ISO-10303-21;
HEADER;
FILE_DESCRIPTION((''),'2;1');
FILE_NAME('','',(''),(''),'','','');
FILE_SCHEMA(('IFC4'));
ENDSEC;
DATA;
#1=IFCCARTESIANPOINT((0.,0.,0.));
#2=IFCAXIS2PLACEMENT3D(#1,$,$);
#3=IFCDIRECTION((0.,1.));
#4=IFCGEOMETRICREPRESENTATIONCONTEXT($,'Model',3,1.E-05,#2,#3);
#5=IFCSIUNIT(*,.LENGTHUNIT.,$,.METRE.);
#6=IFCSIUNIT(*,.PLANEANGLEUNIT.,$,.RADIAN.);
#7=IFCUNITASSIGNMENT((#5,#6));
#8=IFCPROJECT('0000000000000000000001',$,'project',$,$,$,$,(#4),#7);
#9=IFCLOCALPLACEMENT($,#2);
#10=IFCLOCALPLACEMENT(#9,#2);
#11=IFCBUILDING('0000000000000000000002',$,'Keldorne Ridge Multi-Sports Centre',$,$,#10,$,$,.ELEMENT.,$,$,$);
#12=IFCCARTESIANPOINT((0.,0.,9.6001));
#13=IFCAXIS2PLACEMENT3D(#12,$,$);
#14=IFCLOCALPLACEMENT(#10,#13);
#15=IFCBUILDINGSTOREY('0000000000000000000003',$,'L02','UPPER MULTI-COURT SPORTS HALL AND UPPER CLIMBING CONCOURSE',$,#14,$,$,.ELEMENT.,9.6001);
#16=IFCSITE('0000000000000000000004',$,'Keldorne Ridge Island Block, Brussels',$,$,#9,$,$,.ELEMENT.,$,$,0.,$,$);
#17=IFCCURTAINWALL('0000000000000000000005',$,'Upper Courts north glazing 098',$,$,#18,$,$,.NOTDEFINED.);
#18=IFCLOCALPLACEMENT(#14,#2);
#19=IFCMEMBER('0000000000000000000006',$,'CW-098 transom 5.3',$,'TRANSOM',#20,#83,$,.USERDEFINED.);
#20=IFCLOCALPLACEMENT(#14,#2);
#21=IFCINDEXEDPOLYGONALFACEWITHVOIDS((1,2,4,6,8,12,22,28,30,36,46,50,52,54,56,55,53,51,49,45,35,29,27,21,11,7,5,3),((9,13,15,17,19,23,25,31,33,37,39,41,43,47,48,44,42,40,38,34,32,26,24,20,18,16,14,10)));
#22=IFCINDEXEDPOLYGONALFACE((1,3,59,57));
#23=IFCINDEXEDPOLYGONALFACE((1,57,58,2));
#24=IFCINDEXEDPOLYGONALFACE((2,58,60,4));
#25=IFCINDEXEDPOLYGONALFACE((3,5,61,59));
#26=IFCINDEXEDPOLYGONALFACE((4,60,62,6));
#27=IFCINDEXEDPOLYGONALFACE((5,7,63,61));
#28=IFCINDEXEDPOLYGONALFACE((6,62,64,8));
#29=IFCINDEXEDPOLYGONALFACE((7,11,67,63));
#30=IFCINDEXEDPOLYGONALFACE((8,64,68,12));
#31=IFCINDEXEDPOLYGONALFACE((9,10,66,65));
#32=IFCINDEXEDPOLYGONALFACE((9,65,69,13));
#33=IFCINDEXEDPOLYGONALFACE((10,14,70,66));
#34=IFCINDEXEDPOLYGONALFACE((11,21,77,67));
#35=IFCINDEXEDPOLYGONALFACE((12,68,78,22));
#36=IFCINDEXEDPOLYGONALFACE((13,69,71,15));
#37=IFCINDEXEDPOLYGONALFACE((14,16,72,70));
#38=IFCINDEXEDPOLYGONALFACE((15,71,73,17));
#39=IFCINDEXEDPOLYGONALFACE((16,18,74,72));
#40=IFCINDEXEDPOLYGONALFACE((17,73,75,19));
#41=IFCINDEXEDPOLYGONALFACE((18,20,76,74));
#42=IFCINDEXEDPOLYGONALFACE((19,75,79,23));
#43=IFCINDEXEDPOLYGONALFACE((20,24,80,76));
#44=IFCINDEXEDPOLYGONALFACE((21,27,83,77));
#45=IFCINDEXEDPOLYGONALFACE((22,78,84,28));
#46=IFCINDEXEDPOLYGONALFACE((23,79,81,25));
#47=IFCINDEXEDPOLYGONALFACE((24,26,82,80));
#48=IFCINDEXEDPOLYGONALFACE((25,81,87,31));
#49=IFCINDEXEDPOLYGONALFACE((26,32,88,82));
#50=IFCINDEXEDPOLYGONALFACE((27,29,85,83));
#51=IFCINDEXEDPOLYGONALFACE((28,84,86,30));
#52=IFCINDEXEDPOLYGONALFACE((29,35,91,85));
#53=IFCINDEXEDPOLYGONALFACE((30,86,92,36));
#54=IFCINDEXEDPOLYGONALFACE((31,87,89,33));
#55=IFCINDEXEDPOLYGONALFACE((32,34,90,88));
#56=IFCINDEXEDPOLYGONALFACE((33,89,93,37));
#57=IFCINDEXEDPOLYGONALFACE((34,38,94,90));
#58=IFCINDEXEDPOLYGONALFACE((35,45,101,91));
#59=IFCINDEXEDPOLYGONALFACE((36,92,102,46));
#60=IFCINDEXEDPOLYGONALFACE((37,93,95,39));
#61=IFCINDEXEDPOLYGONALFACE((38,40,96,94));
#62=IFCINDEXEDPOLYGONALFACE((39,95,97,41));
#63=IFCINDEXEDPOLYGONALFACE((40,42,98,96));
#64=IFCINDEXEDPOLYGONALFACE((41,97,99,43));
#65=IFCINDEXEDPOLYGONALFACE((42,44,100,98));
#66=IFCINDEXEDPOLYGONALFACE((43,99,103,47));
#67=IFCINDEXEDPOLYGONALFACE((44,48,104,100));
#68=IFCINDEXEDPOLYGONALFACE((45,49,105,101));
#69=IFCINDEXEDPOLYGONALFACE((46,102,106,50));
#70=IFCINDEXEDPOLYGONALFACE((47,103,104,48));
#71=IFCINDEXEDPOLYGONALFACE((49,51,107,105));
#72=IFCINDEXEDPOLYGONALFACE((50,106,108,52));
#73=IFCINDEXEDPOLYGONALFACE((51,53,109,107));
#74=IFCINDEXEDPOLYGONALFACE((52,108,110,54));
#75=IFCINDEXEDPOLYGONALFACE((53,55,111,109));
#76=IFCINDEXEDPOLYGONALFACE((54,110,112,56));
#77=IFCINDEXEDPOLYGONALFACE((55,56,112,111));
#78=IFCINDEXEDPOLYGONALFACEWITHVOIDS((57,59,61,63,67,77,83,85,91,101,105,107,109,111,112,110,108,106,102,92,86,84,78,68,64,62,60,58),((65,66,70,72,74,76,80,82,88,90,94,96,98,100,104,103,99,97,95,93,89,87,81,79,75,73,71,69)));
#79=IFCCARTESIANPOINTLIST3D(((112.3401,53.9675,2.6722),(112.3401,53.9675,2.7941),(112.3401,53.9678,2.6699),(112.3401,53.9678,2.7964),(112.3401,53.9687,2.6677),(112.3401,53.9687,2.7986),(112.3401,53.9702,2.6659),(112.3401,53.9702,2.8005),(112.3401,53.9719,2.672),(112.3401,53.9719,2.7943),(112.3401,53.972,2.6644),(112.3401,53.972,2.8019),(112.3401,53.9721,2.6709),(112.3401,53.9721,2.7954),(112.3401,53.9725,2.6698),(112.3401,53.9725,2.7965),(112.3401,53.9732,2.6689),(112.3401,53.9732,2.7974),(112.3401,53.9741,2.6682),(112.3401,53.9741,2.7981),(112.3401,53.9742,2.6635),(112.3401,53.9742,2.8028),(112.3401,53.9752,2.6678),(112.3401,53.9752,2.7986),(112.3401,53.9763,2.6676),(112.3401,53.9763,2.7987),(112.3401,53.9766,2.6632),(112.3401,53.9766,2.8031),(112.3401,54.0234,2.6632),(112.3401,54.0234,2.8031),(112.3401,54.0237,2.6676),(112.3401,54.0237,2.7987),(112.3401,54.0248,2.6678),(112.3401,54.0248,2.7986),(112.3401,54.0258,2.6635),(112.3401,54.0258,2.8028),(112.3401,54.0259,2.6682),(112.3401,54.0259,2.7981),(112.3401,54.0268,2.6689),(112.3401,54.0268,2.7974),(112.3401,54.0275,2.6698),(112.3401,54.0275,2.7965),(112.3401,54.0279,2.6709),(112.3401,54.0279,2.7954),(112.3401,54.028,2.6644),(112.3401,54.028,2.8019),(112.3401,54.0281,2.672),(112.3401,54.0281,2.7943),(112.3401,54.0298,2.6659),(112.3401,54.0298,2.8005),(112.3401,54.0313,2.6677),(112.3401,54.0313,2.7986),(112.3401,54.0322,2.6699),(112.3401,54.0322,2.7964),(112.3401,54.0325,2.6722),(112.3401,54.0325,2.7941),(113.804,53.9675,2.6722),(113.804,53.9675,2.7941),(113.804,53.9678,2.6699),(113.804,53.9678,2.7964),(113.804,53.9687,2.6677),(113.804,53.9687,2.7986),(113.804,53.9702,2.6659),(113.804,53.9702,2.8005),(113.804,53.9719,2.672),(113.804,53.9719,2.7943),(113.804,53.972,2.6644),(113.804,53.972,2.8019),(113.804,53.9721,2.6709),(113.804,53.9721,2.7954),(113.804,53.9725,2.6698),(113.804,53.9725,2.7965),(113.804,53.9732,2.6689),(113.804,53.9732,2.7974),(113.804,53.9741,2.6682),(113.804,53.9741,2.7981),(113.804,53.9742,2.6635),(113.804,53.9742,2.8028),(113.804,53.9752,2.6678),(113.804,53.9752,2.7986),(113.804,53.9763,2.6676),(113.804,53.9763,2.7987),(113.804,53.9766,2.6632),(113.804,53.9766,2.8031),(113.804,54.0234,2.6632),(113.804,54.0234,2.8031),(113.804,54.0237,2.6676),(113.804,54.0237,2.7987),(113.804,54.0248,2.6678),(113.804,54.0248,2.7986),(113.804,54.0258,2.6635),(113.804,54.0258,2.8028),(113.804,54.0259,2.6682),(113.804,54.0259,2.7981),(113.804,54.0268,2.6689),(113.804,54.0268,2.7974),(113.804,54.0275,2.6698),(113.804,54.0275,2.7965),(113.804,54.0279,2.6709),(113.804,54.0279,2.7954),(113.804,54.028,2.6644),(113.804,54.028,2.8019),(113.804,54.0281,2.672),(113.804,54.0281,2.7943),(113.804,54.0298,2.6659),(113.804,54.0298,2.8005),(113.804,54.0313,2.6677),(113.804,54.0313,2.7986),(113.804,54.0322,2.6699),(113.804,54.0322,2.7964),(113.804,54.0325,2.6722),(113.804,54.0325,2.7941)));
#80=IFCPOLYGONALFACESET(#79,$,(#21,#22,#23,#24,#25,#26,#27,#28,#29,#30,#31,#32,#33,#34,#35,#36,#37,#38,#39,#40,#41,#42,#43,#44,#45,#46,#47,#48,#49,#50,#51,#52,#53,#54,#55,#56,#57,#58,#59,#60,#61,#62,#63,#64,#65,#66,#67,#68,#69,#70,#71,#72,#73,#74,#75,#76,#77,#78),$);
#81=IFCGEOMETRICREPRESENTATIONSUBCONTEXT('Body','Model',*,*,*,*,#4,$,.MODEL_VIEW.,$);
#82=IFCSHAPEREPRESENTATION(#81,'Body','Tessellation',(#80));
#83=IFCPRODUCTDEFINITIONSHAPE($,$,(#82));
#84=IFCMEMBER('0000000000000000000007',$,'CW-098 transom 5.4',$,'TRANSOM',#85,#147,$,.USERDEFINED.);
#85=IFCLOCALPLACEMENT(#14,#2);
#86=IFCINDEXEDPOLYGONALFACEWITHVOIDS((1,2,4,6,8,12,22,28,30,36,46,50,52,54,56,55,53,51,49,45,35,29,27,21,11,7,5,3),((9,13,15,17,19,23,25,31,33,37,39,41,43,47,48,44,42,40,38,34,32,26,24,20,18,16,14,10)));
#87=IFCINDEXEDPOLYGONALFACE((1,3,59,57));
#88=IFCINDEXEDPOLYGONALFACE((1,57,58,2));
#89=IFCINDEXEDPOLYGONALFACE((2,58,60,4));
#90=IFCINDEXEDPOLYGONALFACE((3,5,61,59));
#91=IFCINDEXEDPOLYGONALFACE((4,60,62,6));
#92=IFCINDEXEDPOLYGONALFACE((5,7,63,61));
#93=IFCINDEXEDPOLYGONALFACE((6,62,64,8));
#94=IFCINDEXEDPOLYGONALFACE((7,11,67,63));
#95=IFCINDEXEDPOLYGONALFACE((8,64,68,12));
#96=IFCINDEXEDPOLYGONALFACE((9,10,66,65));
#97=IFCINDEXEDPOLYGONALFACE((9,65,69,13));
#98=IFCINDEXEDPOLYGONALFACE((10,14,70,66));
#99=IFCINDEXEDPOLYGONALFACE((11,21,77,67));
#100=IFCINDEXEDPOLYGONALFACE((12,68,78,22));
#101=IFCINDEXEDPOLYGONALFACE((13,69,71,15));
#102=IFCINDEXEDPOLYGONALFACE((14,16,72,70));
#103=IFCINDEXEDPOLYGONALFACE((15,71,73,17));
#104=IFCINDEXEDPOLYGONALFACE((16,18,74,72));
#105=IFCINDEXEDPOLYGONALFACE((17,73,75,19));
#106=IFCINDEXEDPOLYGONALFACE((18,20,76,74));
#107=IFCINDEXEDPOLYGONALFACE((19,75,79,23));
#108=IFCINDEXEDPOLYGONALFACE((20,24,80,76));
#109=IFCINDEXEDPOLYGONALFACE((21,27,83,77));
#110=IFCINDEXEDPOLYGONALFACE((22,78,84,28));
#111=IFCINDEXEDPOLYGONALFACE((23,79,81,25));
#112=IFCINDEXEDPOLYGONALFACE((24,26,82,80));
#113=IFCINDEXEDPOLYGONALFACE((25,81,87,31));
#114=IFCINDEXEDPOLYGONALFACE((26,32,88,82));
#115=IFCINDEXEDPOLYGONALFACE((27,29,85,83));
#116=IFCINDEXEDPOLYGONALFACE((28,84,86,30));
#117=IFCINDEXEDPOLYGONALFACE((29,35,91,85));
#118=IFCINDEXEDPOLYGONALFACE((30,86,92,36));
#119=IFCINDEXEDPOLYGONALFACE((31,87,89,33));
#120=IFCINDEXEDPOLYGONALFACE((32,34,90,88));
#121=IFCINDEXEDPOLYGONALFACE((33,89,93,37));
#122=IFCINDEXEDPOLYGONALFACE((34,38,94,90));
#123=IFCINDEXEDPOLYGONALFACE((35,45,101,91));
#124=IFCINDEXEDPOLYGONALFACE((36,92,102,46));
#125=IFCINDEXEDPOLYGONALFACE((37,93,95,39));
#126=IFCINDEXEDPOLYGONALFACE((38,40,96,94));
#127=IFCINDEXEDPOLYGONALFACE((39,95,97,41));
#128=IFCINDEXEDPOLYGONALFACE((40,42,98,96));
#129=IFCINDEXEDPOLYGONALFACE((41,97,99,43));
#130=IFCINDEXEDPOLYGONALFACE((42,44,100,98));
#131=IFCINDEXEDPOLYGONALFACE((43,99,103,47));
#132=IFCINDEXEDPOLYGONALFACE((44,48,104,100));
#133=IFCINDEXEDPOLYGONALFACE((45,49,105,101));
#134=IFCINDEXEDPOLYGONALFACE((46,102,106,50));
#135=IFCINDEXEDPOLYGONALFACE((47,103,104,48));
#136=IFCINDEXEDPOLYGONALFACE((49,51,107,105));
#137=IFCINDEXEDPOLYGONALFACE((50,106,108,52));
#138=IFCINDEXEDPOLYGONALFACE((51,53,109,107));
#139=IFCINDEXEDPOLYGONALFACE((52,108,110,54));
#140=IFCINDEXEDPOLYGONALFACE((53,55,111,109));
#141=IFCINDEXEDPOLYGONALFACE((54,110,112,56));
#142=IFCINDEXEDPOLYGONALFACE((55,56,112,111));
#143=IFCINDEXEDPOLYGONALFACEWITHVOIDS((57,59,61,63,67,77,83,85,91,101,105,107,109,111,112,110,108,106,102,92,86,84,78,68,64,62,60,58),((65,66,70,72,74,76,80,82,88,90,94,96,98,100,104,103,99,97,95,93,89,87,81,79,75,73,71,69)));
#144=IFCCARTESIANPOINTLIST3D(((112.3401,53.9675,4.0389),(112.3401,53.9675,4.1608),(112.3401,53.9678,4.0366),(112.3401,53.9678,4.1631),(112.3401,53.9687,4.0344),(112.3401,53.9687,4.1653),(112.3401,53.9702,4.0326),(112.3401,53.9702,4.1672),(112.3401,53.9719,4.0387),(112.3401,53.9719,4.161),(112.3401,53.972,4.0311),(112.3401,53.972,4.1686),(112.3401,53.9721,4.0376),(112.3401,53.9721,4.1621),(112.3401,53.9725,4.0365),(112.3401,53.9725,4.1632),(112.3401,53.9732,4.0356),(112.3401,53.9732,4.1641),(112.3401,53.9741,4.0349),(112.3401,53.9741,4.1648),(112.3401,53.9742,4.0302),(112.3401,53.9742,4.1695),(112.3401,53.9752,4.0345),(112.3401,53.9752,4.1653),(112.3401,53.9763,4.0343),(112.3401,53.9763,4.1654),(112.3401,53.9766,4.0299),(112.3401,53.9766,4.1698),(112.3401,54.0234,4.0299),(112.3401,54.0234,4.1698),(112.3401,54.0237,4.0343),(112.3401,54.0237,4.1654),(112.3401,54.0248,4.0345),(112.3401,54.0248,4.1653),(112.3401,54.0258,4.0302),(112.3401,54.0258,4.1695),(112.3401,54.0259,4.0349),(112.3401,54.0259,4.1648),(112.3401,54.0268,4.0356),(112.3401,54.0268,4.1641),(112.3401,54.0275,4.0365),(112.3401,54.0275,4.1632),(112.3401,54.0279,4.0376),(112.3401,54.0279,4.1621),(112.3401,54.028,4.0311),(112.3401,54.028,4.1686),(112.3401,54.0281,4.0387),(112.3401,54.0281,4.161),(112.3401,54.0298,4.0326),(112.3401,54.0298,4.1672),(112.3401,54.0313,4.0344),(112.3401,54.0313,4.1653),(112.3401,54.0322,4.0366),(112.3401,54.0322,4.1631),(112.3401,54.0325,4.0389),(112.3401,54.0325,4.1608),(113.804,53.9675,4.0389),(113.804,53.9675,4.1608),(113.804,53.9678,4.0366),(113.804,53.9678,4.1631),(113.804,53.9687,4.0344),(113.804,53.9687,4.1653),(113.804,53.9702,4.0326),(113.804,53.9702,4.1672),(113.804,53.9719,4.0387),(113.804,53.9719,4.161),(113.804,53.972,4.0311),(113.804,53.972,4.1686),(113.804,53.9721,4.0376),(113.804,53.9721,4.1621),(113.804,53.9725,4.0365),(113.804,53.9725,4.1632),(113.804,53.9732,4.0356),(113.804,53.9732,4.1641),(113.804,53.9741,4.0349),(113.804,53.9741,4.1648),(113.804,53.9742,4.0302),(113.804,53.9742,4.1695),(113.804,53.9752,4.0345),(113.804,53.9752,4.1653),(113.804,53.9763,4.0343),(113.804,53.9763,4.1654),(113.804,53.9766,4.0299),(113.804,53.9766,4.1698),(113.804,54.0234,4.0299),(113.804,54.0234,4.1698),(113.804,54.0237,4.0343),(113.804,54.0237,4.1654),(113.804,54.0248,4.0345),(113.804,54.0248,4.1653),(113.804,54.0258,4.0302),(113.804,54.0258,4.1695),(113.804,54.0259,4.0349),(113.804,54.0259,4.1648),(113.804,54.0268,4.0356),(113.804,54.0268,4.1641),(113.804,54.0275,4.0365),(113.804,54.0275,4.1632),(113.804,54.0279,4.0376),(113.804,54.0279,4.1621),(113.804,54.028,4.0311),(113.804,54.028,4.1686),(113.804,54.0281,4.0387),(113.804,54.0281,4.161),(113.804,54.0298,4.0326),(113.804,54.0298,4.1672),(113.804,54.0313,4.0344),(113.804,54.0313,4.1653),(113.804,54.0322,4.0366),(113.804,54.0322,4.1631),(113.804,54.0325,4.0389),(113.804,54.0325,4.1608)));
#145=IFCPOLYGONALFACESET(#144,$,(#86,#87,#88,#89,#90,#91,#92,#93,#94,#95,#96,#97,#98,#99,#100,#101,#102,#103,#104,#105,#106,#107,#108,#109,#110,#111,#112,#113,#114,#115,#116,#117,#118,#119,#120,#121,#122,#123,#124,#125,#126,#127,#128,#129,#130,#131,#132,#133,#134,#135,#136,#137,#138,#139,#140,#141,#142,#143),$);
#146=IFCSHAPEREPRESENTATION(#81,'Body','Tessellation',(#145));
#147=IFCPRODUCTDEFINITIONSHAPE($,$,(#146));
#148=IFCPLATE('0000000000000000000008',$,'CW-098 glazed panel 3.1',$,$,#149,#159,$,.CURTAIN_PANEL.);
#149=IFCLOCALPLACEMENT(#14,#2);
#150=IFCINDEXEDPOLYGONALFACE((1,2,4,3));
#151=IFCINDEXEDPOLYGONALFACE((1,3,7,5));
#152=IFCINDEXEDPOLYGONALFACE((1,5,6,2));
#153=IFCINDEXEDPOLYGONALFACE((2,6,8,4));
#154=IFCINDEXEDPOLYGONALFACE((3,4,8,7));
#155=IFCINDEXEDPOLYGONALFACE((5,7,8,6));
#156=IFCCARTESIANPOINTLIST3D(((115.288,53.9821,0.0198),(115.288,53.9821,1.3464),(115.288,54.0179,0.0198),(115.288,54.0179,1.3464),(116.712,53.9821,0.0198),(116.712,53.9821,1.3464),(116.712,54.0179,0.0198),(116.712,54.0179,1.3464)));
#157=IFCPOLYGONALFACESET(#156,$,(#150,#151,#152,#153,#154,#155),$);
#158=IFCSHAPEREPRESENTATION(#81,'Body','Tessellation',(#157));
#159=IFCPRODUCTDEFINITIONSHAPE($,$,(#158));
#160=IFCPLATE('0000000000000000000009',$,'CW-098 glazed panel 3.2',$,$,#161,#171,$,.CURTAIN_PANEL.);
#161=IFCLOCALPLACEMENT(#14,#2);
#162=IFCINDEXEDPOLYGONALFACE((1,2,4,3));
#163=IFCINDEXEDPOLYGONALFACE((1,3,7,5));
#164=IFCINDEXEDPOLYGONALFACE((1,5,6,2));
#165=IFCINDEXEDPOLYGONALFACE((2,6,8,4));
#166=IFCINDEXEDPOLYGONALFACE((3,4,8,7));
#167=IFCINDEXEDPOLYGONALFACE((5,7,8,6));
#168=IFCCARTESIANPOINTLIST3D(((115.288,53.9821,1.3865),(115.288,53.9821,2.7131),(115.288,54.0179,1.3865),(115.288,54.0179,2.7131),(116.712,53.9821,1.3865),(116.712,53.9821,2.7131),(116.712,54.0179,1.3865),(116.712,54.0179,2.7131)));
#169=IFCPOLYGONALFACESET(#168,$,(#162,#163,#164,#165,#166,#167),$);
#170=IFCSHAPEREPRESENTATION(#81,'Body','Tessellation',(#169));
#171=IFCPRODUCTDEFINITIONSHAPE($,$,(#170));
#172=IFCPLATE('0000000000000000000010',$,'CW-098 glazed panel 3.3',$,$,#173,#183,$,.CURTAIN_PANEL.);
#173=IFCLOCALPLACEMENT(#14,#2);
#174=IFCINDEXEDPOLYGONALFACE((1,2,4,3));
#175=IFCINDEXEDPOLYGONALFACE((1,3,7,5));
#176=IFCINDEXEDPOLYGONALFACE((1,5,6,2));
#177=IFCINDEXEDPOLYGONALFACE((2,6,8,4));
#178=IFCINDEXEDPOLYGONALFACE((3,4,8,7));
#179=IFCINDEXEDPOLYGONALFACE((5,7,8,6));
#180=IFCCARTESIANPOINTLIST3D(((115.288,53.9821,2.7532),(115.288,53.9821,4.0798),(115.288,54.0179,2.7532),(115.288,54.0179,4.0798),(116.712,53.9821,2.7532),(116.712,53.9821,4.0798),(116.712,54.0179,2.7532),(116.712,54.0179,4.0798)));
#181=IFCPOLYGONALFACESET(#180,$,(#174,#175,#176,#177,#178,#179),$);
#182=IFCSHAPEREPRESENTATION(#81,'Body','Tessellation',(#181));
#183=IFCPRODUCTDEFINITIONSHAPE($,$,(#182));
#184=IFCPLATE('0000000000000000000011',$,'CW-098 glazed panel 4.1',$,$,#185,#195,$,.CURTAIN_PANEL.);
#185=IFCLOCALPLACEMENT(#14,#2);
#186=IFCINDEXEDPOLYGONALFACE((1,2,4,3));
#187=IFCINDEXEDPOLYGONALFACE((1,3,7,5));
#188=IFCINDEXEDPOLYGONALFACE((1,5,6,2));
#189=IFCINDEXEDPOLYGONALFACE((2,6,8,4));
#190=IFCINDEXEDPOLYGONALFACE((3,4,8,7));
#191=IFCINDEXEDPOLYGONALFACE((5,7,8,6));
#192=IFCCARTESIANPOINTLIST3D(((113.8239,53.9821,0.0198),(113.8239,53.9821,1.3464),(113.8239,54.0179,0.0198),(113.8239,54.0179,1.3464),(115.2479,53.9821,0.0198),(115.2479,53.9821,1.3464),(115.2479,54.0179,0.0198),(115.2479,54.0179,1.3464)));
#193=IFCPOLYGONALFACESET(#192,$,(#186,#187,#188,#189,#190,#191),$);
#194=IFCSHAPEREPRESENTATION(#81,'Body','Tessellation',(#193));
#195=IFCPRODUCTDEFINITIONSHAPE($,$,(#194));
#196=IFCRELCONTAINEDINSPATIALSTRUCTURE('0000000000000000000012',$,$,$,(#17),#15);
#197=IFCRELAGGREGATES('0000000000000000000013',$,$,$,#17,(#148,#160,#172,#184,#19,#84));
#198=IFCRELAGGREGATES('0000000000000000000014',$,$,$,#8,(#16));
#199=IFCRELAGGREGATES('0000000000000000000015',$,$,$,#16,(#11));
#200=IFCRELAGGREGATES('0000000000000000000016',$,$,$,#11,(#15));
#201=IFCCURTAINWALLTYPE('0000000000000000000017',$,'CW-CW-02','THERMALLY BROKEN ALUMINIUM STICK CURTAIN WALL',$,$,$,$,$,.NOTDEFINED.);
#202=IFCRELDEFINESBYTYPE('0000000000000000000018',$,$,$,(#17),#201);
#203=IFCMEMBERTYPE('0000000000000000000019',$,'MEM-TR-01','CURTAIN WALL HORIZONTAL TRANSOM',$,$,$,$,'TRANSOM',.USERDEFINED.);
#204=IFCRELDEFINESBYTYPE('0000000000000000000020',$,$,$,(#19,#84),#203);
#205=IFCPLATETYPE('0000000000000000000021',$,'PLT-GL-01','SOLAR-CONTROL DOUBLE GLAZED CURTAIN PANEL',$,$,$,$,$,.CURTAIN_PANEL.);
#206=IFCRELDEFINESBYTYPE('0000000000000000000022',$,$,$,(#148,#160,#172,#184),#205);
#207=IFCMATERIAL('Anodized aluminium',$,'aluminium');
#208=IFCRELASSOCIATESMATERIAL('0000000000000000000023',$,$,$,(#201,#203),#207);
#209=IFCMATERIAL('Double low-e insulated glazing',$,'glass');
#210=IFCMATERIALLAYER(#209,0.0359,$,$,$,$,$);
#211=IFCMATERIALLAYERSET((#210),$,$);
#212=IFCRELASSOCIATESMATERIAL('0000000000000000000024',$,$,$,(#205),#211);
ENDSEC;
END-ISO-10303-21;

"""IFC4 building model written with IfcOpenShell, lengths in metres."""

from ifc_helpers import new_model, si_unit, direction, frame, origin, origin_2d, place, context, subcontext, project, spatial, rectangle, hollow_rectangle, extrude, material, layer, layer_set, material_profile, profile_set, type_object, element, aggregate, save


model = new_model("IFC4")

# Units and contexts
model_context = context("Model", 3, precision=1e-05, world=origin(), true_north=direction((0.0, 1.0)))
body_context = subcontext(model_context, "Body", "Model", "MODEL_VIEW")
ifc_project = project(units=[si_unit("LENGTHUNIT", "METRE"), si_unit("PLANEANGLEUNIT", "RADIAN")], contexts=[model_context])

# Site, building, storey
site_placement = place(None, origin())
site = spatial("IfcSite", under=ifc_project, at=site_placement, Name="Keldorne Ridge Island Block, Brussels", CompositionType="ELEMENT", RefElevation=0.0)
building_placement = place(site_placement, origin())
building = spatial("IfcBuilding", under=site, at=building_placement, Name="Keldorne Ridge Multi-Sports Centre", CompositionType="ELEMENT")
storey_placement = place(building_placement, frame((0.0, 0.0, 9.6001)))
storey = spatial("IfcBuildingStorey", under=building, at=storey_placement, Name="L02", Description="UPPER MULTI-COURT SPORTS HALL AND UPPER CLIMBING CONCOURSE", CompositionType="ELEMENT", Elevation=9.6001)

# Curtain wall, members, plates
ifc_material_1 = material(Name="Anodized aluminium", Category="aluminium")
curtain_wall_type = type_object("IfcCurtainWallType", Name="CW-CW-02", Description="THERMALLY BROKEN ALUMINIUM STICK CURTAIN WALL", PredefinedType="NOTDEFINED", material=ifc_material_1)
curtain_wall_placement = place(storey_placement, origin())
curtain_wall = element("IfcCurtainWall", 1, at=curtain_wall_placement, inside=storey, type_object=curtain_wall_type, Name="Upper Courts north glazing 098", PredefinedType="NOTDEFINED")
ifc_material_profile_1 = material_profile(ifc_material_1, hollow_rectangle(XDim=0.0649, YDim=0.1399, WallThickness=0.0044, InnerFilletRadius=0.0044, OuterFilletRadius=0.009, at=origin_2d()), Name="ALU TRANSOM 140x65x4.5")
ifc_profile_set_1 = profile_set([ifc_material_profile_1], Name="Anodized aluminium")
member_type_1 = type_object("IfcMemberType", Name="MEM-TR-01", Description="CURTAIN WALL HORIZONTAL TRANSOM", ElementType="TRANSOM", PredefinedType="USERDEFINED", material=ifc_profile_set_1)
member_1_placement = place(storey_placement, frame((113.804, 54.0, 2.7332), z_axis=(-1.0, 0.0, 0.0), x_axis=(0.0, -1.0, 0.0)))
member_1 = element("IfcMember", 2, at=member_1_placement, type_object=member_type_1, Name="CW-098 transom 5.3", ObjectType="TRANSOM", PredefinedType="USERDEFINED", context=body_context, shape_type="SweptSolid", body=[
    extrude(hollow_rectangle(XDim=0.0649, YDim=0.1399, WallThickness=0.0044, InnerFilletRadius=0.0044, OuterFilletRadius=0.009, at=origin_2d()), origin(), (0.0, 0.0, 1.0), 1.4639),
])
member_2_placement = place(storey_placement, frame((113.804, 54.0, 4.0999), z_axis=(-1.0, 0.0, 0.0), x_axis=(0.0, -1.0, 0.0)))
member_2 = element("IfcMember", 3, at=member_2_placement, type_object=member_type_1, Name="CW-098 transom 5.4", ObjectType="TRANSOM", PredefinedType="USERDEFINED", context=body_context, shape_type="SweptSolid", body=[
    extrude(hollow_rectangle(XDim=0.0649, YDim=0.1399, WallThickness=0.0044, InnerFilletRadius=0.0044, OuterFilletRadius=0.009, at=origin_2d()), origin(), (0.0, 0.0, 1.0), 1.4639),
])
ifc_material_2 = material(Name="Double low-e insulated glazing", Category="glass")
ifc_layer_1 = layer(ifc_material_2, 0.0359)
ifc_layer_set_1 = layer_set([ifc_layer_1])
plate_type = type_object("IfcPlateType", Name="PLT-GL-01", Description="SOLAR-CONTROL DOUBLE GLAZED CURTAIN PANEL", PredefinedType="CURTAIN_PANEL", material=ifc_layer_set_1)
plate_1_placement = place(storey_placement, frame((116.0, 54.0, 0.0198), z_axis=(0.0, 0.0, 1.0), x_axis=(-1.0, 0.0, 0.0)))
plate_1 = element("IfcPlate", 4, at=plate_1_placement, type_object=plate_type, Name="CW-098 glazed panel 3.1", PredefinedType="CURTAIN_PANEL", context=body_context, shape_type="SweptSolid", body=[
    extrude(rectangle(XDim=1.4241, YDim=0.0359, at=origin_2d()), origin(), (0.0, 0.0, 1.0), 1.3267),
])
plate_2_placement = place(storey_placement, frame((116.0, 54.0, 1.3865), z_axis=(0.0, 0.0, 1.0), x_axis=(-1.0, 0.0, 0.0)))
plate_2 = element("IfcPlate", 5, at=plate_2_placement, type_object=plate_type, Name="CW-098 glazed panel 3.2", PredefinedType="CURTAIN_PANEL", context=body_context, shape_type="SweptSolid", body=[
    extrude(rectangle(XDim=1.4241, YDim=0.0359, at=origin_2d()), origin(), (0.0, 0.0, 1.0), 1.3267),
])
plate_3_placement = place(storey_placement, frame((116.0, 54.0, 2.7532), z_axis=(0.0, 0.0, 1.0), x_axis=(-1.0, 0.0, 0.0)))
plate_3 = element("IfcPlate", 6, at=plate_3_placement, type_object=plate_type, Name="CW-098 glazed panel 3.3", PredefinedType="CURTAIN_PANEL", context=body_context, shape_type="SweptSolid", body=[
    extrude(rectangle(XDim=1.4241, YDim=0.0359, at=origin_2d()), origin(), (0.0, 0.0, 1.0), 1.3267),
])
plate_4_placement = place(storey_placement, frame((114.5359, 54.0, 0.0198), z_axis=(0.0, 0.0, 1.0), x_axis=(-1.0, 0.0, 0.0)))
plate_4 = element("IfcPlate", 7, at=plate_4_placement, type_object=plate_type, Name="CW-098 glazed panel 4.1", PredefinedType="CURTAIN_PANEL", context=body_context, shape_type="SweptSolid", body=[
    extrude(rectangle(XDim=1.4241, YDim=0.0359, at=origin_2d()), origin(), (0.0, 0.0, 1.0), 1.3267),
])
aggregate(curtain_wall, [plate_1, plate_2, plate_3, plate_4, member_1, member_2])

save(model, "model.ifc")
